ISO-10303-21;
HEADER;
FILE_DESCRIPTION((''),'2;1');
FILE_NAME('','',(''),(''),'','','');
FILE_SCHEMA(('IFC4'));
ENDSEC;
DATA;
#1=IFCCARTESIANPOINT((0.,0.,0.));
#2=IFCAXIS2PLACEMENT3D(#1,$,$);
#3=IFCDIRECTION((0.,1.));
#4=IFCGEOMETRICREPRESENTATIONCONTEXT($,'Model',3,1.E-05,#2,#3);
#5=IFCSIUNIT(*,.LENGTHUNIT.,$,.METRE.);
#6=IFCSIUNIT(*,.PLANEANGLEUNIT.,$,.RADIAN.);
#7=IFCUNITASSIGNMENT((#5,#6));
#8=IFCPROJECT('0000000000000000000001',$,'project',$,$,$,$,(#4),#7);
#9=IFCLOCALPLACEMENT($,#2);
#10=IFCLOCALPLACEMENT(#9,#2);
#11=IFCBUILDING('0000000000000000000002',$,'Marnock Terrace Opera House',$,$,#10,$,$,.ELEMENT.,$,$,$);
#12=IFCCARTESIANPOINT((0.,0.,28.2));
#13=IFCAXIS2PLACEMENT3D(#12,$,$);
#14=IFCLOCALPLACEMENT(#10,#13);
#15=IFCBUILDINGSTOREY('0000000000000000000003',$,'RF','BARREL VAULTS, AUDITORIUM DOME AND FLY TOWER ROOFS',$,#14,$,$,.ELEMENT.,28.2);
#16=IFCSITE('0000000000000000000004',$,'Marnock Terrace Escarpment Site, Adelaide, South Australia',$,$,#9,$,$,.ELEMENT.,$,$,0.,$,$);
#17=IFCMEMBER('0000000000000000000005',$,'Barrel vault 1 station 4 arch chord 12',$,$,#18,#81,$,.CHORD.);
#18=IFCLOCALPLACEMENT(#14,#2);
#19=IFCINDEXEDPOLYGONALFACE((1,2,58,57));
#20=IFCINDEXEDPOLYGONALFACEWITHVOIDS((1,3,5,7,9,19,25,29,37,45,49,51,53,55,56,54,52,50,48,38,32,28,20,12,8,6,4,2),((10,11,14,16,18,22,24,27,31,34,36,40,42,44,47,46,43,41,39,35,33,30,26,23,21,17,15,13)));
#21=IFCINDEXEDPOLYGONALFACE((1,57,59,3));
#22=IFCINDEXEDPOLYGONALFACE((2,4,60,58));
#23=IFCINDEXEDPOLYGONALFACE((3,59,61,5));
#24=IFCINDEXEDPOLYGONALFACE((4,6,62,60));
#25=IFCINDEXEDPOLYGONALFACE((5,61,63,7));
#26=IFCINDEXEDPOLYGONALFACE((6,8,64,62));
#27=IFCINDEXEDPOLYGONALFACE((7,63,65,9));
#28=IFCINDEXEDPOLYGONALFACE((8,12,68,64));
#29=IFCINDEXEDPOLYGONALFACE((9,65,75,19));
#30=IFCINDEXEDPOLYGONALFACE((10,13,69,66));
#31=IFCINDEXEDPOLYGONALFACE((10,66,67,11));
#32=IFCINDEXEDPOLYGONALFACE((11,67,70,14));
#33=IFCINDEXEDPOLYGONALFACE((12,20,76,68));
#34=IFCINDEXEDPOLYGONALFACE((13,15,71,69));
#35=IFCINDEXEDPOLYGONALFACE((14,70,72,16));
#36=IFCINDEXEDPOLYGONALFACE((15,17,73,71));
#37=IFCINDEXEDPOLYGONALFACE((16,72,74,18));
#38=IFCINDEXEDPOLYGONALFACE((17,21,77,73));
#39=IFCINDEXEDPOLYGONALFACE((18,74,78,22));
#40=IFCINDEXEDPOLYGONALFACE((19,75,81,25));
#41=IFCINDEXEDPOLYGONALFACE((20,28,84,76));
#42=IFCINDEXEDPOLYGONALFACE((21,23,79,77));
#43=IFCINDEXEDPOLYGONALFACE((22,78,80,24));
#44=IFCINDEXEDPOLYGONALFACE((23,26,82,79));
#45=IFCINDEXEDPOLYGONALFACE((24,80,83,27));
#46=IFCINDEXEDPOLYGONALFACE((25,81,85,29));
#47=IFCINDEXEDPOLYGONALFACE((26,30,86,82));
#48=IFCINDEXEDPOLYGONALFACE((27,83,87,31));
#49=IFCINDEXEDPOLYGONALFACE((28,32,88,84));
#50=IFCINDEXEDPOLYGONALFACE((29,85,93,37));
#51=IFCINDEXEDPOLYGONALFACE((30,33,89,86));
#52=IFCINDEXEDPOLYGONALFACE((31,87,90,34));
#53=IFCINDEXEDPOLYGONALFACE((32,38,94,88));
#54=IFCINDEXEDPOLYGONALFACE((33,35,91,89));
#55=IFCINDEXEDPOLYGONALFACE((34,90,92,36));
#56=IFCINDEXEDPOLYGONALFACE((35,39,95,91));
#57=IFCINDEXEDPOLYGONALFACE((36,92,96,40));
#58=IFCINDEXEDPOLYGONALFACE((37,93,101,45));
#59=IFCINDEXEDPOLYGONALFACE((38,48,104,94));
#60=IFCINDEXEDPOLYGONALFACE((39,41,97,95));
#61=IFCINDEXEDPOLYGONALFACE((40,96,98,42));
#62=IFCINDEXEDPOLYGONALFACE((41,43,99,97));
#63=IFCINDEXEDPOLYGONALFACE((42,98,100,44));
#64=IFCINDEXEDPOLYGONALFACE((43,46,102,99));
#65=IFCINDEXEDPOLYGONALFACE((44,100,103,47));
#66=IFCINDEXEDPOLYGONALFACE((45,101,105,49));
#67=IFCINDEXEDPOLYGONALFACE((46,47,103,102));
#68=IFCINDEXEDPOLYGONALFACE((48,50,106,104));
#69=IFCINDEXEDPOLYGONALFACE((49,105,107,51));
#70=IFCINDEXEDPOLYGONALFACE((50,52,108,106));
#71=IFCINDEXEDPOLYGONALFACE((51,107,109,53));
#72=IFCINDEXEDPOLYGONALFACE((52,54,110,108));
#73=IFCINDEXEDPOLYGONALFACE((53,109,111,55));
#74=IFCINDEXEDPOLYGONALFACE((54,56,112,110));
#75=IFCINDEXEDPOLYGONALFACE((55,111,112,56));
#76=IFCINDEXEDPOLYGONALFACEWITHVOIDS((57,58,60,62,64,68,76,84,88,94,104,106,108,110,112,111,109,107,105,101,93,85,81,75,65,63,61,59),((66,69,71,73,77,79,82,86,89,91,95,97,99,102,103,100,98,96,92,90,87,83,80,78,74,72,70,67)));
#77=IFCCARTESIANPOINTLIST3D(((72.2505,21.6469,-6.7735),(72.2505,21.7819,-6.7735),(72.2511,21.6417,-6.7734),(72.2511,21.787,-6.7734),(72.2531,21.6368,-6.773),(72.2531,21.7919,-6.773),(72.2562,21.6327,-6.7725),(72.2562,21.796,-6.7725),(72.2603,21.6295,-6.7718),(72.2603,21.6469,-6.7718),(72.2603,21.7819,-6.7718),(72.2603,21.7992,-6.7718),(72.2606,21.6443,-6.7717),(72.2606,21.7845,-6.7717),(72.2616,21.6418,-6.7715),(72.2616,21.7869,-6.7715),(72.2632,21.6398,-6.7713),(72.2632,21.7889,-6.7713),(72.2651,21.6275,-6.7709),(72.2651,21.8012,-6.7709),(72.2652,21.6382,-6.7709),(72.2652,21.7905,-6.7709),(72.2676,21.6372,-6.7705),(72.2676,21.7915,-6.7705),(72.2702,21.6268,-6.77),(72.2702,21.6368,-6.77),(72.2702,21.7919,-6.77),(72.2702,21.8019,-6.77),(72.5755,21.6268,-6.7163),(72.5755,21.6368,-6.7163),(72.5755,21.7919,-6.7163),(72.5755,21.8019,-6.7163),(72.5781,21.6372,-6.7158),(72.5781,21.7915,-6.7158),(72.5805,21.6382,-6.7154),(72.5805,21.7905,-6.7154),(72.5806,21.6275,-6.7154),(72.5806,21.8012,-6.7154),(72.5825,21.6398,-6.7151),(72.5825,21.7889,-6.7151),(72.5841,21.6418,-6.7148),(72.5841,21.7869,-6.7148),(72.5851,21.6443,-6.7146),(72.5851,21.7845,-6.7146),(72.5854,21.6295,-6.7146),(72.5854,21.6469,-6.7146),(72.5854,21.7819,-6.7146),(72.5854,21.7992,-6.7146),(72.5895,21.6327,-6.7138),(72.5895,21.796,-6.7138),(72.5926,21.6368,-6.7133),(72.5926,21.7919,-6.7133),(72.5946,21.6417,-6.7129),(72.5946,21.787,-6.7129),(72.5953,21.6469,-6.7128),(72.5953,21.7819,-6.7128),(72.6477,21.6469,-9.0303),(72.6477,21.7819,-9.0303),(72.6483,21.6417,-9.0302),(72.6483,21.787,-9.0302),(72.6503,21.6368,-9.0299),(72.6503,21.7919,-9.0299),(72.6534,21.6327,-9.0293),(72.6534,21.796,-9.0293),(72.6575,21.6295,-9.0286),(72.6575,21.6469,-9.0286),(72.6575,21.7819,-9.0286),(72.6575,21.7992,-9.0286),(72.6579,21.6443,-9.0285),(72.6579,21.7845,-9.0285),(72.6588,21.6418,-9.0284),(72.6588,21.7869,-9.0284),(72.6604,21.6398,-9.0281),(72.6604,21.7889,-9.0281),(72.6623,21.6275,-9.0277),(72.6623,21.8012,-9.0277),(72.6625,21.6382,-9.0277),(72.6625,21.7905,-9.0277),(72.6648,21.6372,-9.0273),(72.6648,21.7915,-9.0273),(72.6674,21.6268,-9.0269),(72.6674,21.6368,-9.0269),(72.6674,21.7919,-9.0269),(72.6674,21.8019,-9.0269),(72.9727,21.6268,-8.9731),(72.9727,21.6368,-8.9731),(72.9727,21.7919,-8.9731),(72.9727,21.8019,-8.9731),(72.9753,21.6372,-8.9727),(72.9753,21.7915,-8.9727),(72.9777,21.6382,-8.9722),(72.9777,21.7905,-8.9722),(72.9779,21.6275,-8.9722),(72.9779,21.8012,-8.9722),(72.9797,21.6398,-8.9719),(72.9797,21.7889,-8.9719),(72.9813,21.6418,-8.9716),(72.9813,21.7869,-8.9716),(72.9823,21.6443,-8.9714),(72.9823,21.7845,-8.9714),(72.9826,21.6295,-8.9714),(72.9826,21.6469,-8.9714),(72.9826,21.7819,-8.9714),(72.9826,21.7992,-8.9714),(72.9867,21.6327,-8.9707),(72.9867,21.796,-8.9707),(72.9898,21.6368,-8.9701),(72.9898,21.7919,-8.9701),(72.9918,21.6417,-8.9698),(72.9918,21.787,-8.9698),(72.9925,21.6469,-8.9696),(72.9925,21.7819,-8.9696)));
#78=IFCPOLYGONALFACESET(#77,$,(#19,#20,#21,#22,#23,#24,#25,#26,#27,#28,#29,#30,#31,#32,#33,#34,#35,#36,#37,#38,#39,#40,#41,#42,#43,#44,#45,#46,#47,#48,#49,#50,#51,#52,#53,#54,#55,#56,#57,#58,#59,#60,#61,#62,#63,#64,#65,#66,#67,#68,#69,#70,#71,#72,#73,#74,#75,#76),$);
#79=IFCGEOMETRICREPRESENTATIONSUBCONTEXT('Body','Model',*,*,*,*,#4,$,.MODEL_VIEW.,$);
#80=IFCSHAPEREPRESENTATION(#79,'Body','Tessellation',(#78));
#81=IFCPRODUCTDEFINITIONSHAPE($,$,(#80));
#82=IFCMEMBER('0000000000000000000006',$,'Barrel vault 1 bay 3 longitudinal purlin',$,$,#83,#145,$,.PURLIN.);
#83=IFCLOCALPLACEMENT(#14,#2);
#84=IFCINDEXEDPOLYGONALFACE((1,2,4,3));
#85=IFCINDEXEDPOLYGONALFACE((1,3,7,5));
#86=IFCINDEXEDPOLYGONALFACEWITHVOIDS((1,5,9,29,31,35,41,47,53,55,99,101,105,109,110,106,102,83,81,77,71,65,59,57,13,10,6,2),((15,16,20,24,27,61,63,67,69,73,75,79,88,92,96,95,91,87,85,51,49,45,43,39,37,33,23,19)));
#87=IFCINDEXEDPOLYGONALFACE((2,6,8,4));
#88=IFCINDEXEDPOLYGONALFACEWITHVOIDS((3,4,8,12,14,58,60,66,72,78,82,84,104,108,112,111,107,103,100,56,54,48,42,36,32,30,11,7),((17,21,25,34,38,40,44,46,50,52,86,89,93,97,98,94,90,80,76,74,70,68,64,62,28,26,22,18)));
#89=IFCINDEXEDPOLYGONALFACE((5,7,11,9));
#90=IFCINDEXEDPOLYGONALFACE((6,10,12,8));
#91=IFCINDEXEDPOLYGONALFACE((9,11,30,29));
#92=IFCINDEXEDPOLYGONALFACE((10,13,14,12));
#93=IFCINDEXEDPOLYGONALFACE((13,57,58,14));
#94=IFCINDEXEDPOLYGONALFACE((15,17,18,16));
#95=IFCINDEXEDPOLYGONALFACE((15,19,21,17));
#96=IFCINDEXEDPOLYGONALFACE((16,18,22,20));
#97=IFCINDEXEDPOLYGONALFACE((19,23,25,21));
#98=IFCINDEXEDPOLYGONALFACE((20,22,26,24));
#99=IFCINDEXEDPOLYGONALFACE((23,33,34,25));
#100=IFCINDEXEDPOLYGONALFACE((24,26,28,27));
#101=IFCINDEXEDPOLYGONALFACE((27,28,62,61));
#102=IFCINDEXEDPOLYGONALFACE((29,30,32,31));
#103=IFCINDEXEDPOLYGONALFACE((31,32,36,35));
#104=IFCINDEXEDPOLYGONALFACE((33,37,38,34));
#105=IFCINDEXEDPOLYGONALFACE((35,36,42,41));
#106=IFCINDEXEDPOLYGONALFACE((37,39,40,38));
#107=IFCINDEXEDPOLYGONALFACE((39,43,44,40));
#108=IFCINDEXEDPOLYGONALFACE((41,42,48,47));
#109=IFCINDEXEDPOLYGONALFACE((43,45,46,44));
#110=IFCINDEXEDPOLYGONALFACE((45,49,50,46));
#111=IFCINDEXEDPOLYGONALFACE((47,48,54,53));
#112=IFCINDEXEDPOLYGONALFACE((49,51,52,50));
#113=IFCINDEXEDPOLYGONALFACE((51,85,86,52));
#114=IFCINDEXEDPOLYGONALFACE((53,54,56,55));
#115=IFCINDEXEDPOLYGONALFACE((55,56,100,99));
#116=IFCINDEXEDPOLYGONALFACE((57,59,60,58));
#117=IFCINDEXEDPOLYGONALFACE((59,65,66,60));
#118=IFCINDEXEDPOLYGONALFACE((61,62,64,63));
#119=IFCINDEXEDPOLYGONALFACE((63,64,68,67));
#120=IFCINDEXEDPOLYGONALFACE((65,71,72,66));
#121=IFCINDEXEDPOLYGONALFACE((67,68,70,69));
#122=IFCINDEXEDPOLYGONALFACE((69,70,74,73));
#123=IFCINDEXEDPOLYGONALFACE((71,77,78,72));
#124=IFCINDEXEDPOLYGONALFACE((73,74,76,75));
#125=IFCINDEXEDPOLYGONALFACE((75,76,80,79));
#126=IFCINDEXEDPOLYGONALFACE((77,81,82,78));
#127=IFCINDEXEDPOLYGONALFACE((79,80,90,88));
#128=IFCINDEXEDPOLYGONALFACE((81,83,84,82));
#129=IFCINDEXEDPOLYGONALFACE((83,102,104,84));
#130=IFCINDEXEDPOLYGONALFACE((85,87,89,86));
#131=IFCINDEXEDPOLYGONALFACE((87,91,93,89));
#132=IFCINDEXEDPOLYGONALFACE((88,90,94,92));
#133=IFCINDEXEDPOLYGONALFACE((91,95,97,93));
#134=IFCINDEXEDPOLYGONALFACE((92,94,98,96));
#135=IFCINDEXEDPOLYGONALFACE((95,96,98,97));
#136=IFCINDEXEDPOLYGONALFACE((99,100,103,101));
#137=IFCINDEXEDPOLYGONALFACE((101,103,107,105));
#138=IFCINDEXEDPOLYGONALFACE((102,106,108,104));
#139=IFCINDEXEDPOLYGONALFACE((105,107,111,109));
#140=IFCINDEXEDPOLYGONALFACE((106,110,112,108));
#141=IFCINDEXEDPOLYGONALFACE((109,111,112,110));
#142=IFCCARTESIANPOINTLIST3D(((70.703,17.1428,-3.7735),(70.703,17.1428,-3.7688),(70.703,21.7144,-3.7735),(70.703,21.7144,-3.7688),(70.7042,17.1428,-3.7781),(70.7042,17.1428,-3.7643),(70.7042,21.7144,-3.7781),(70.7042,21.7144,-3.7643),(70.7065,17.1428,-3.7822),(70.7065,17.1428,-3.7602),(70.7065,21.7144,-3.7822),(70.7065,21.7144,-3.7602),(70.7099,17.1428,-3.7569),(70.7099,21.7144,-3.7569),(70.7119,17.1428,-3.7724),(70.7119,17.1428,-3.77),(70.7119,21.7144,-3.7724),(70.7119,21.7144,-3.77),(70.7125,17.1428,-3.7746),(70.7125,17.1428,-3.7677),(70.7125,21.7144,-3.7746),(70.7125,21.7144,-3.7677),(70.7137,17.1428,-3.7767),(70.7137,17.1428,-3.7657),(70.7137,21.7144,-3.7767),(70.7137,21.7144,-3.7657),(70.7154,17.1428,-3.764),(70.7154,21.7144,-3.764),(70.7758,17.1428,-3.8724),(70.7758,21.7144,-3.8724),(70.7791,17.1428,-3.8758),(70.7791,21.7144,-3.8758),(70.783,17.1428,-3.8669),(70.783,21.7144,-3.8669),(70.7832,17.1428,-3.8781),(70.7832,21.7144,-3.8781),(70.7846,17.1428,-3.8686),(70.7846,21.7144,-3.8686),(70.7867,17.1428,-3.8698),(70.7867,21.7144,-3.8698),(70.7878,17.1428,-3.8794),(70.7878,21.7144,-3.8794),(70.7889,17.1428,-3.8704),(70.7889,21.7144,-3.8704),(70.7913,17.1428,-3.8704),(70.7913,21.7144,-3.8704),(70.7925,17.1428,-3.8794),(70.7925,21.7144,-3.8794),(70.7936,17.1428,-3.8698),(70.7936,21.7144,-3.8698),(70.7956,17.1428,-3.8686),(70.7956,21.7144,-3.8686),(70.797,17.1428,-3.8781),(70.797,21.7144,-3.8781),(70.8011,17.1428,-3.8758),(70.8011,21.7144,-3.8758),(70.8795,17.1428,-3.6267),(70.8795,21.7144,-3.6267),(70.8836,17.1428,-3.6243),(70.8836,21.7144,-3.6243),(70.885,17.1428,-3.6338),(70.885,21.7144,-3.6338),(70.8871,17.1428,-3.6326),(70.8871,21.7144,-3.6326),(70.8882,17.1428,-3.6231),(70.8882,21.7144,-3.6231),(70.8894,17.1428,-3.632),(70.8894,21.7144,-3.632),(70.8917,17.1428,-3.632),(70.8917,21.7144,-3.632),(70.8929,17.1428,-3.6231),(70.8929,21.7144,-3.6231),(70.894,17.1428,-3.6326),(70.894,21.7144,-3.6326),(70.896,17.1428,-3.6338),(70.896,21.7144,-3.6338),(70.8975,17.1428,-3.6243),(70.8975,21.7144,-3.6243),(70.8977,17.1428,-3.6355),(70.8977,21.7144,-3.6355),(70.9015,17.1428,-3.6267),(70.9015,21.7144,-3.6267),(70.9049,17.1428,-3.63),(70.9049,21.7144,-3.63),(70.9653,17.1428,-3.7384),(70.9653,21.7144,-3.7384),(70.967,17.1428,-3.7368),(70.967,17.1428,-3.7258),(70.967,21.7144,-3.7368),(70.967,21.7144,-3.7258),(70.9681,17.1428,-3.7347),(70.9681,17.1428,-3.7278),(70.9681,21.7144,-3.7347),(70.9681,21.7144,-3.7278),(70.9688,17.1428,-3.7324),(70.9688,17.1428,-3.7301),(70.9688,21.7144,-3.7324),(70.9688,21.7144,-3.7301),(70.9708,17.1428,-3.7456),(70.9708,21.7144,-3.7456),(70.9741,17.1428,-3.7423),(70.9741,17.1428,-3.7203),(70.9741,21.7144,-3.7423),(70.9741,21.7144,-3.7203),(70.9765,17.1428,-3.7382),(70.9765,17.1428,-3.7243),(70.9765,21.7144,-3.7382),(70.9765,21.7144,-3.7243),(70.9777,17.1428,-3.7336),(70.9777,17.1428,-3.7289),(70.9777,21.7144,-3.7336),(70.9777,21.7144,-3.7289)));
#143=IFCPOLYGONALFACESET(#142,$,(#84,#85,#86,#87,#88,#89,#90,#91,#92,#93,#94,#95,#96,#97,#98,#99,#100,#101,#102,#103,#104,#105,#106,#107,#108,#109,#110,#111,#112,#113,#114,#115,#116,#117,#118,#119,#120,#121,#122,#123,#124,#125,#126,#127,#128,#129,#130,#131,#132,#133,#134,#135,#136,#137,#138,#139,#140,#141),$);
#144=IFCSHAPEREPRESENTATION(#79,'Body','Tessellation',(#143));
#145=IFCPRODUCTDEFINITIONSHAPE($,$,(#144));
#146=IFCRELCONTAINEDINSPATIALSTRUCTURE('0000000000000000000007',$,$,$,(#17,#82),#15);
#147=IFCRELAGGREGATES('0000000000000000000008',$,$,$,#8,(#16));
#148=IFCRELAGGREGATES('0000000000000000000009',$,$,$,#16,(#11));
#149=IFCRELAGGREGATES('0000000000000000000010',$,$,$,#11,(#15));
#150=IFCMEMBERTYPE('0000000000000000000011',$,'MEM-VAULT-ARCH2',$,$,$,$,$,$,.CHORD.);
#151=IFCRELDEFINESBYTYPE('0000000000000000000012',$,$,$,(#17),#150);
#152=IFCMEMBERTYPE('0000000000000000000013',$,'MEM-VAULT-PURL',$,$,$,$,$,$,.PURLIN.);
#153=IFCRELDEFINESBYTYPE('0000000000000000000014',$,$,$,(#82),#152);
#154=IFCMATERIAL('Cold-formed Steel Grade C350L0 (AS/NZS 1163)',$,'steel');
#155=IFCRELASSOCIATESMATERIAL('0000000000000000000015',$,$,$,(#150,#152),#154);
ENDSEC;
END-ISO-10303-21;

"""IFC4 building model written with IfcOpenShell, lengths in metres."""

from ifc_helpers import new_model, si_unit, direction, frame, origin, origin_2d, place, context, subcontext, project, spatial, hollow_rectangle, extrude, material, material_profile, profile_set, type_object, element, save


model = new_model("IFC4")

# Units and contexts
model_context = context("Model", 3, precision=1e-05, world=origin(), true_north=direction((0.0, 1.0)))
body_context = subcontext(model_context, "Body", "Model", "MODEL_VIEW")
ifc_project = project(units=[si_unit("LENGTHUNIT", "METRE"), si_unit("PLANEANGLEUNIT", "RADIAN")], contexts=[model_context])

# Site, building, storey
site_placement = place(None, origin())
site = spatial("IfcSite", under=ifc_project, at=site_placement, Name="Marnock Terrace Escarpment Site, Adelaide, South Australia", CompositionType="ELEMENT", RefElevation=0.0)
building_placement = place(site_placement, origin())
building = spatial("IfcBuilding", under=site, at=building_placement, Name="Marnock Terrace Opera House", CompositionType="ELEMENT")
storey_placement = place(building_placement, frame((0.0, 0.0, 28.2)))
storey = spatial("IfcBuildingStorey", under=building, at=storey_placement, Name="RF", Description="BARREL VAULTS, AUDITORIUM DOME AND FLY TOWER ROOFS", CompositionType="ELEMENT", Elevation=28.2)

# Members
ifc_material = material(Name="Cold-formed Steel Grade C350L0 (AS/NZS 1163)", Category="steel")
ifc_material_profile_1 = material_profile(ifc_material, hollow_rectangle(XDim=0.175, YDim=0.3501, WallThickness=0.01, InnerFilletRadius=0.01, OuterFilletRadius=0.02, at=origin_2d()))
ifc_profile_set_1 = profile_set([ifc_material_profile_1], Name="Cold-formed Steel Grade C350L0 (AS/NZS 1163)")
member_type_1 = type_object("IfcMemberType", Name="MEM-VAULT-ARCH2", PredefinedType="CHORD", material=ifc_profile_set_1)
member_1_placement = place(storey_placement, frame((72.4229, 21.7144, -6.7432), z_axis=(0.173342, 0.0, -0.984862), x_axis=(0.0, 1.0, 0.0)))
element("IfcMember", 1, at=member_1_placement, inside=storey, type_object=member_type_1, Name="Barrel vault 1 station 4 arch chord 12", PredefinedType="CHORD", context=body_context, shape_type="SweptSolid", body=[
    extrude(hollow_rectangle(XDim=0.175, YDim=0.3501, WallThickness=0.01, InnerFilletRadius=0.01, OuterFilletRadius=0.02, at=origin_2d()), origin(), (0.0, 0.0, 1.0), 2.2915),
])
ifc_material_profile_2 = material_profile(ifc_material, hollow_rectangle(XDim=0.1499, YDim=0.25, WallThickness=0.009, InnerFilletRadius=0.009, OuterFilletRadius=0.0181, at=origin_2d()))
ifc_profile_set_2 = profile_set([ifc_material_profile_2], Name="Cold-formed Steel Grade C350L0 (AS/NZS 1163)")
member_type_2 = type_object("IfcMemberType", Name="MEM-VAULT-PURL", PredefinedType="PURLIN", material=ifc_profile_set_2)
member_2_placement = place(storey_placement, frame((70.8403, 17.1428, -3.7512), z_axis=(0.0, 1.0, 0.0), x_axis=(-0.608761, 0.0, 0.793353)))
element("IfcMember", 2, at=member_2_placement, inside=storey, type_object=member_type_2, Name="Barrel vault 1 bay 3 longitudinal purlin", PredefinedType="PURLIN", context=body_context, shape_type="SweptSolid", body=[
    extrude(hollow_rectangle(XDim=0.1499, YDim=0.25, WallThickness=0.009, InnerFilletRadius=0.009, OuterFilletRadius=0.0181, at=origin_2d()), origin(), (0.0, 0.0, 1.0), 4.5715),
])

save(model, "model.ifc")
